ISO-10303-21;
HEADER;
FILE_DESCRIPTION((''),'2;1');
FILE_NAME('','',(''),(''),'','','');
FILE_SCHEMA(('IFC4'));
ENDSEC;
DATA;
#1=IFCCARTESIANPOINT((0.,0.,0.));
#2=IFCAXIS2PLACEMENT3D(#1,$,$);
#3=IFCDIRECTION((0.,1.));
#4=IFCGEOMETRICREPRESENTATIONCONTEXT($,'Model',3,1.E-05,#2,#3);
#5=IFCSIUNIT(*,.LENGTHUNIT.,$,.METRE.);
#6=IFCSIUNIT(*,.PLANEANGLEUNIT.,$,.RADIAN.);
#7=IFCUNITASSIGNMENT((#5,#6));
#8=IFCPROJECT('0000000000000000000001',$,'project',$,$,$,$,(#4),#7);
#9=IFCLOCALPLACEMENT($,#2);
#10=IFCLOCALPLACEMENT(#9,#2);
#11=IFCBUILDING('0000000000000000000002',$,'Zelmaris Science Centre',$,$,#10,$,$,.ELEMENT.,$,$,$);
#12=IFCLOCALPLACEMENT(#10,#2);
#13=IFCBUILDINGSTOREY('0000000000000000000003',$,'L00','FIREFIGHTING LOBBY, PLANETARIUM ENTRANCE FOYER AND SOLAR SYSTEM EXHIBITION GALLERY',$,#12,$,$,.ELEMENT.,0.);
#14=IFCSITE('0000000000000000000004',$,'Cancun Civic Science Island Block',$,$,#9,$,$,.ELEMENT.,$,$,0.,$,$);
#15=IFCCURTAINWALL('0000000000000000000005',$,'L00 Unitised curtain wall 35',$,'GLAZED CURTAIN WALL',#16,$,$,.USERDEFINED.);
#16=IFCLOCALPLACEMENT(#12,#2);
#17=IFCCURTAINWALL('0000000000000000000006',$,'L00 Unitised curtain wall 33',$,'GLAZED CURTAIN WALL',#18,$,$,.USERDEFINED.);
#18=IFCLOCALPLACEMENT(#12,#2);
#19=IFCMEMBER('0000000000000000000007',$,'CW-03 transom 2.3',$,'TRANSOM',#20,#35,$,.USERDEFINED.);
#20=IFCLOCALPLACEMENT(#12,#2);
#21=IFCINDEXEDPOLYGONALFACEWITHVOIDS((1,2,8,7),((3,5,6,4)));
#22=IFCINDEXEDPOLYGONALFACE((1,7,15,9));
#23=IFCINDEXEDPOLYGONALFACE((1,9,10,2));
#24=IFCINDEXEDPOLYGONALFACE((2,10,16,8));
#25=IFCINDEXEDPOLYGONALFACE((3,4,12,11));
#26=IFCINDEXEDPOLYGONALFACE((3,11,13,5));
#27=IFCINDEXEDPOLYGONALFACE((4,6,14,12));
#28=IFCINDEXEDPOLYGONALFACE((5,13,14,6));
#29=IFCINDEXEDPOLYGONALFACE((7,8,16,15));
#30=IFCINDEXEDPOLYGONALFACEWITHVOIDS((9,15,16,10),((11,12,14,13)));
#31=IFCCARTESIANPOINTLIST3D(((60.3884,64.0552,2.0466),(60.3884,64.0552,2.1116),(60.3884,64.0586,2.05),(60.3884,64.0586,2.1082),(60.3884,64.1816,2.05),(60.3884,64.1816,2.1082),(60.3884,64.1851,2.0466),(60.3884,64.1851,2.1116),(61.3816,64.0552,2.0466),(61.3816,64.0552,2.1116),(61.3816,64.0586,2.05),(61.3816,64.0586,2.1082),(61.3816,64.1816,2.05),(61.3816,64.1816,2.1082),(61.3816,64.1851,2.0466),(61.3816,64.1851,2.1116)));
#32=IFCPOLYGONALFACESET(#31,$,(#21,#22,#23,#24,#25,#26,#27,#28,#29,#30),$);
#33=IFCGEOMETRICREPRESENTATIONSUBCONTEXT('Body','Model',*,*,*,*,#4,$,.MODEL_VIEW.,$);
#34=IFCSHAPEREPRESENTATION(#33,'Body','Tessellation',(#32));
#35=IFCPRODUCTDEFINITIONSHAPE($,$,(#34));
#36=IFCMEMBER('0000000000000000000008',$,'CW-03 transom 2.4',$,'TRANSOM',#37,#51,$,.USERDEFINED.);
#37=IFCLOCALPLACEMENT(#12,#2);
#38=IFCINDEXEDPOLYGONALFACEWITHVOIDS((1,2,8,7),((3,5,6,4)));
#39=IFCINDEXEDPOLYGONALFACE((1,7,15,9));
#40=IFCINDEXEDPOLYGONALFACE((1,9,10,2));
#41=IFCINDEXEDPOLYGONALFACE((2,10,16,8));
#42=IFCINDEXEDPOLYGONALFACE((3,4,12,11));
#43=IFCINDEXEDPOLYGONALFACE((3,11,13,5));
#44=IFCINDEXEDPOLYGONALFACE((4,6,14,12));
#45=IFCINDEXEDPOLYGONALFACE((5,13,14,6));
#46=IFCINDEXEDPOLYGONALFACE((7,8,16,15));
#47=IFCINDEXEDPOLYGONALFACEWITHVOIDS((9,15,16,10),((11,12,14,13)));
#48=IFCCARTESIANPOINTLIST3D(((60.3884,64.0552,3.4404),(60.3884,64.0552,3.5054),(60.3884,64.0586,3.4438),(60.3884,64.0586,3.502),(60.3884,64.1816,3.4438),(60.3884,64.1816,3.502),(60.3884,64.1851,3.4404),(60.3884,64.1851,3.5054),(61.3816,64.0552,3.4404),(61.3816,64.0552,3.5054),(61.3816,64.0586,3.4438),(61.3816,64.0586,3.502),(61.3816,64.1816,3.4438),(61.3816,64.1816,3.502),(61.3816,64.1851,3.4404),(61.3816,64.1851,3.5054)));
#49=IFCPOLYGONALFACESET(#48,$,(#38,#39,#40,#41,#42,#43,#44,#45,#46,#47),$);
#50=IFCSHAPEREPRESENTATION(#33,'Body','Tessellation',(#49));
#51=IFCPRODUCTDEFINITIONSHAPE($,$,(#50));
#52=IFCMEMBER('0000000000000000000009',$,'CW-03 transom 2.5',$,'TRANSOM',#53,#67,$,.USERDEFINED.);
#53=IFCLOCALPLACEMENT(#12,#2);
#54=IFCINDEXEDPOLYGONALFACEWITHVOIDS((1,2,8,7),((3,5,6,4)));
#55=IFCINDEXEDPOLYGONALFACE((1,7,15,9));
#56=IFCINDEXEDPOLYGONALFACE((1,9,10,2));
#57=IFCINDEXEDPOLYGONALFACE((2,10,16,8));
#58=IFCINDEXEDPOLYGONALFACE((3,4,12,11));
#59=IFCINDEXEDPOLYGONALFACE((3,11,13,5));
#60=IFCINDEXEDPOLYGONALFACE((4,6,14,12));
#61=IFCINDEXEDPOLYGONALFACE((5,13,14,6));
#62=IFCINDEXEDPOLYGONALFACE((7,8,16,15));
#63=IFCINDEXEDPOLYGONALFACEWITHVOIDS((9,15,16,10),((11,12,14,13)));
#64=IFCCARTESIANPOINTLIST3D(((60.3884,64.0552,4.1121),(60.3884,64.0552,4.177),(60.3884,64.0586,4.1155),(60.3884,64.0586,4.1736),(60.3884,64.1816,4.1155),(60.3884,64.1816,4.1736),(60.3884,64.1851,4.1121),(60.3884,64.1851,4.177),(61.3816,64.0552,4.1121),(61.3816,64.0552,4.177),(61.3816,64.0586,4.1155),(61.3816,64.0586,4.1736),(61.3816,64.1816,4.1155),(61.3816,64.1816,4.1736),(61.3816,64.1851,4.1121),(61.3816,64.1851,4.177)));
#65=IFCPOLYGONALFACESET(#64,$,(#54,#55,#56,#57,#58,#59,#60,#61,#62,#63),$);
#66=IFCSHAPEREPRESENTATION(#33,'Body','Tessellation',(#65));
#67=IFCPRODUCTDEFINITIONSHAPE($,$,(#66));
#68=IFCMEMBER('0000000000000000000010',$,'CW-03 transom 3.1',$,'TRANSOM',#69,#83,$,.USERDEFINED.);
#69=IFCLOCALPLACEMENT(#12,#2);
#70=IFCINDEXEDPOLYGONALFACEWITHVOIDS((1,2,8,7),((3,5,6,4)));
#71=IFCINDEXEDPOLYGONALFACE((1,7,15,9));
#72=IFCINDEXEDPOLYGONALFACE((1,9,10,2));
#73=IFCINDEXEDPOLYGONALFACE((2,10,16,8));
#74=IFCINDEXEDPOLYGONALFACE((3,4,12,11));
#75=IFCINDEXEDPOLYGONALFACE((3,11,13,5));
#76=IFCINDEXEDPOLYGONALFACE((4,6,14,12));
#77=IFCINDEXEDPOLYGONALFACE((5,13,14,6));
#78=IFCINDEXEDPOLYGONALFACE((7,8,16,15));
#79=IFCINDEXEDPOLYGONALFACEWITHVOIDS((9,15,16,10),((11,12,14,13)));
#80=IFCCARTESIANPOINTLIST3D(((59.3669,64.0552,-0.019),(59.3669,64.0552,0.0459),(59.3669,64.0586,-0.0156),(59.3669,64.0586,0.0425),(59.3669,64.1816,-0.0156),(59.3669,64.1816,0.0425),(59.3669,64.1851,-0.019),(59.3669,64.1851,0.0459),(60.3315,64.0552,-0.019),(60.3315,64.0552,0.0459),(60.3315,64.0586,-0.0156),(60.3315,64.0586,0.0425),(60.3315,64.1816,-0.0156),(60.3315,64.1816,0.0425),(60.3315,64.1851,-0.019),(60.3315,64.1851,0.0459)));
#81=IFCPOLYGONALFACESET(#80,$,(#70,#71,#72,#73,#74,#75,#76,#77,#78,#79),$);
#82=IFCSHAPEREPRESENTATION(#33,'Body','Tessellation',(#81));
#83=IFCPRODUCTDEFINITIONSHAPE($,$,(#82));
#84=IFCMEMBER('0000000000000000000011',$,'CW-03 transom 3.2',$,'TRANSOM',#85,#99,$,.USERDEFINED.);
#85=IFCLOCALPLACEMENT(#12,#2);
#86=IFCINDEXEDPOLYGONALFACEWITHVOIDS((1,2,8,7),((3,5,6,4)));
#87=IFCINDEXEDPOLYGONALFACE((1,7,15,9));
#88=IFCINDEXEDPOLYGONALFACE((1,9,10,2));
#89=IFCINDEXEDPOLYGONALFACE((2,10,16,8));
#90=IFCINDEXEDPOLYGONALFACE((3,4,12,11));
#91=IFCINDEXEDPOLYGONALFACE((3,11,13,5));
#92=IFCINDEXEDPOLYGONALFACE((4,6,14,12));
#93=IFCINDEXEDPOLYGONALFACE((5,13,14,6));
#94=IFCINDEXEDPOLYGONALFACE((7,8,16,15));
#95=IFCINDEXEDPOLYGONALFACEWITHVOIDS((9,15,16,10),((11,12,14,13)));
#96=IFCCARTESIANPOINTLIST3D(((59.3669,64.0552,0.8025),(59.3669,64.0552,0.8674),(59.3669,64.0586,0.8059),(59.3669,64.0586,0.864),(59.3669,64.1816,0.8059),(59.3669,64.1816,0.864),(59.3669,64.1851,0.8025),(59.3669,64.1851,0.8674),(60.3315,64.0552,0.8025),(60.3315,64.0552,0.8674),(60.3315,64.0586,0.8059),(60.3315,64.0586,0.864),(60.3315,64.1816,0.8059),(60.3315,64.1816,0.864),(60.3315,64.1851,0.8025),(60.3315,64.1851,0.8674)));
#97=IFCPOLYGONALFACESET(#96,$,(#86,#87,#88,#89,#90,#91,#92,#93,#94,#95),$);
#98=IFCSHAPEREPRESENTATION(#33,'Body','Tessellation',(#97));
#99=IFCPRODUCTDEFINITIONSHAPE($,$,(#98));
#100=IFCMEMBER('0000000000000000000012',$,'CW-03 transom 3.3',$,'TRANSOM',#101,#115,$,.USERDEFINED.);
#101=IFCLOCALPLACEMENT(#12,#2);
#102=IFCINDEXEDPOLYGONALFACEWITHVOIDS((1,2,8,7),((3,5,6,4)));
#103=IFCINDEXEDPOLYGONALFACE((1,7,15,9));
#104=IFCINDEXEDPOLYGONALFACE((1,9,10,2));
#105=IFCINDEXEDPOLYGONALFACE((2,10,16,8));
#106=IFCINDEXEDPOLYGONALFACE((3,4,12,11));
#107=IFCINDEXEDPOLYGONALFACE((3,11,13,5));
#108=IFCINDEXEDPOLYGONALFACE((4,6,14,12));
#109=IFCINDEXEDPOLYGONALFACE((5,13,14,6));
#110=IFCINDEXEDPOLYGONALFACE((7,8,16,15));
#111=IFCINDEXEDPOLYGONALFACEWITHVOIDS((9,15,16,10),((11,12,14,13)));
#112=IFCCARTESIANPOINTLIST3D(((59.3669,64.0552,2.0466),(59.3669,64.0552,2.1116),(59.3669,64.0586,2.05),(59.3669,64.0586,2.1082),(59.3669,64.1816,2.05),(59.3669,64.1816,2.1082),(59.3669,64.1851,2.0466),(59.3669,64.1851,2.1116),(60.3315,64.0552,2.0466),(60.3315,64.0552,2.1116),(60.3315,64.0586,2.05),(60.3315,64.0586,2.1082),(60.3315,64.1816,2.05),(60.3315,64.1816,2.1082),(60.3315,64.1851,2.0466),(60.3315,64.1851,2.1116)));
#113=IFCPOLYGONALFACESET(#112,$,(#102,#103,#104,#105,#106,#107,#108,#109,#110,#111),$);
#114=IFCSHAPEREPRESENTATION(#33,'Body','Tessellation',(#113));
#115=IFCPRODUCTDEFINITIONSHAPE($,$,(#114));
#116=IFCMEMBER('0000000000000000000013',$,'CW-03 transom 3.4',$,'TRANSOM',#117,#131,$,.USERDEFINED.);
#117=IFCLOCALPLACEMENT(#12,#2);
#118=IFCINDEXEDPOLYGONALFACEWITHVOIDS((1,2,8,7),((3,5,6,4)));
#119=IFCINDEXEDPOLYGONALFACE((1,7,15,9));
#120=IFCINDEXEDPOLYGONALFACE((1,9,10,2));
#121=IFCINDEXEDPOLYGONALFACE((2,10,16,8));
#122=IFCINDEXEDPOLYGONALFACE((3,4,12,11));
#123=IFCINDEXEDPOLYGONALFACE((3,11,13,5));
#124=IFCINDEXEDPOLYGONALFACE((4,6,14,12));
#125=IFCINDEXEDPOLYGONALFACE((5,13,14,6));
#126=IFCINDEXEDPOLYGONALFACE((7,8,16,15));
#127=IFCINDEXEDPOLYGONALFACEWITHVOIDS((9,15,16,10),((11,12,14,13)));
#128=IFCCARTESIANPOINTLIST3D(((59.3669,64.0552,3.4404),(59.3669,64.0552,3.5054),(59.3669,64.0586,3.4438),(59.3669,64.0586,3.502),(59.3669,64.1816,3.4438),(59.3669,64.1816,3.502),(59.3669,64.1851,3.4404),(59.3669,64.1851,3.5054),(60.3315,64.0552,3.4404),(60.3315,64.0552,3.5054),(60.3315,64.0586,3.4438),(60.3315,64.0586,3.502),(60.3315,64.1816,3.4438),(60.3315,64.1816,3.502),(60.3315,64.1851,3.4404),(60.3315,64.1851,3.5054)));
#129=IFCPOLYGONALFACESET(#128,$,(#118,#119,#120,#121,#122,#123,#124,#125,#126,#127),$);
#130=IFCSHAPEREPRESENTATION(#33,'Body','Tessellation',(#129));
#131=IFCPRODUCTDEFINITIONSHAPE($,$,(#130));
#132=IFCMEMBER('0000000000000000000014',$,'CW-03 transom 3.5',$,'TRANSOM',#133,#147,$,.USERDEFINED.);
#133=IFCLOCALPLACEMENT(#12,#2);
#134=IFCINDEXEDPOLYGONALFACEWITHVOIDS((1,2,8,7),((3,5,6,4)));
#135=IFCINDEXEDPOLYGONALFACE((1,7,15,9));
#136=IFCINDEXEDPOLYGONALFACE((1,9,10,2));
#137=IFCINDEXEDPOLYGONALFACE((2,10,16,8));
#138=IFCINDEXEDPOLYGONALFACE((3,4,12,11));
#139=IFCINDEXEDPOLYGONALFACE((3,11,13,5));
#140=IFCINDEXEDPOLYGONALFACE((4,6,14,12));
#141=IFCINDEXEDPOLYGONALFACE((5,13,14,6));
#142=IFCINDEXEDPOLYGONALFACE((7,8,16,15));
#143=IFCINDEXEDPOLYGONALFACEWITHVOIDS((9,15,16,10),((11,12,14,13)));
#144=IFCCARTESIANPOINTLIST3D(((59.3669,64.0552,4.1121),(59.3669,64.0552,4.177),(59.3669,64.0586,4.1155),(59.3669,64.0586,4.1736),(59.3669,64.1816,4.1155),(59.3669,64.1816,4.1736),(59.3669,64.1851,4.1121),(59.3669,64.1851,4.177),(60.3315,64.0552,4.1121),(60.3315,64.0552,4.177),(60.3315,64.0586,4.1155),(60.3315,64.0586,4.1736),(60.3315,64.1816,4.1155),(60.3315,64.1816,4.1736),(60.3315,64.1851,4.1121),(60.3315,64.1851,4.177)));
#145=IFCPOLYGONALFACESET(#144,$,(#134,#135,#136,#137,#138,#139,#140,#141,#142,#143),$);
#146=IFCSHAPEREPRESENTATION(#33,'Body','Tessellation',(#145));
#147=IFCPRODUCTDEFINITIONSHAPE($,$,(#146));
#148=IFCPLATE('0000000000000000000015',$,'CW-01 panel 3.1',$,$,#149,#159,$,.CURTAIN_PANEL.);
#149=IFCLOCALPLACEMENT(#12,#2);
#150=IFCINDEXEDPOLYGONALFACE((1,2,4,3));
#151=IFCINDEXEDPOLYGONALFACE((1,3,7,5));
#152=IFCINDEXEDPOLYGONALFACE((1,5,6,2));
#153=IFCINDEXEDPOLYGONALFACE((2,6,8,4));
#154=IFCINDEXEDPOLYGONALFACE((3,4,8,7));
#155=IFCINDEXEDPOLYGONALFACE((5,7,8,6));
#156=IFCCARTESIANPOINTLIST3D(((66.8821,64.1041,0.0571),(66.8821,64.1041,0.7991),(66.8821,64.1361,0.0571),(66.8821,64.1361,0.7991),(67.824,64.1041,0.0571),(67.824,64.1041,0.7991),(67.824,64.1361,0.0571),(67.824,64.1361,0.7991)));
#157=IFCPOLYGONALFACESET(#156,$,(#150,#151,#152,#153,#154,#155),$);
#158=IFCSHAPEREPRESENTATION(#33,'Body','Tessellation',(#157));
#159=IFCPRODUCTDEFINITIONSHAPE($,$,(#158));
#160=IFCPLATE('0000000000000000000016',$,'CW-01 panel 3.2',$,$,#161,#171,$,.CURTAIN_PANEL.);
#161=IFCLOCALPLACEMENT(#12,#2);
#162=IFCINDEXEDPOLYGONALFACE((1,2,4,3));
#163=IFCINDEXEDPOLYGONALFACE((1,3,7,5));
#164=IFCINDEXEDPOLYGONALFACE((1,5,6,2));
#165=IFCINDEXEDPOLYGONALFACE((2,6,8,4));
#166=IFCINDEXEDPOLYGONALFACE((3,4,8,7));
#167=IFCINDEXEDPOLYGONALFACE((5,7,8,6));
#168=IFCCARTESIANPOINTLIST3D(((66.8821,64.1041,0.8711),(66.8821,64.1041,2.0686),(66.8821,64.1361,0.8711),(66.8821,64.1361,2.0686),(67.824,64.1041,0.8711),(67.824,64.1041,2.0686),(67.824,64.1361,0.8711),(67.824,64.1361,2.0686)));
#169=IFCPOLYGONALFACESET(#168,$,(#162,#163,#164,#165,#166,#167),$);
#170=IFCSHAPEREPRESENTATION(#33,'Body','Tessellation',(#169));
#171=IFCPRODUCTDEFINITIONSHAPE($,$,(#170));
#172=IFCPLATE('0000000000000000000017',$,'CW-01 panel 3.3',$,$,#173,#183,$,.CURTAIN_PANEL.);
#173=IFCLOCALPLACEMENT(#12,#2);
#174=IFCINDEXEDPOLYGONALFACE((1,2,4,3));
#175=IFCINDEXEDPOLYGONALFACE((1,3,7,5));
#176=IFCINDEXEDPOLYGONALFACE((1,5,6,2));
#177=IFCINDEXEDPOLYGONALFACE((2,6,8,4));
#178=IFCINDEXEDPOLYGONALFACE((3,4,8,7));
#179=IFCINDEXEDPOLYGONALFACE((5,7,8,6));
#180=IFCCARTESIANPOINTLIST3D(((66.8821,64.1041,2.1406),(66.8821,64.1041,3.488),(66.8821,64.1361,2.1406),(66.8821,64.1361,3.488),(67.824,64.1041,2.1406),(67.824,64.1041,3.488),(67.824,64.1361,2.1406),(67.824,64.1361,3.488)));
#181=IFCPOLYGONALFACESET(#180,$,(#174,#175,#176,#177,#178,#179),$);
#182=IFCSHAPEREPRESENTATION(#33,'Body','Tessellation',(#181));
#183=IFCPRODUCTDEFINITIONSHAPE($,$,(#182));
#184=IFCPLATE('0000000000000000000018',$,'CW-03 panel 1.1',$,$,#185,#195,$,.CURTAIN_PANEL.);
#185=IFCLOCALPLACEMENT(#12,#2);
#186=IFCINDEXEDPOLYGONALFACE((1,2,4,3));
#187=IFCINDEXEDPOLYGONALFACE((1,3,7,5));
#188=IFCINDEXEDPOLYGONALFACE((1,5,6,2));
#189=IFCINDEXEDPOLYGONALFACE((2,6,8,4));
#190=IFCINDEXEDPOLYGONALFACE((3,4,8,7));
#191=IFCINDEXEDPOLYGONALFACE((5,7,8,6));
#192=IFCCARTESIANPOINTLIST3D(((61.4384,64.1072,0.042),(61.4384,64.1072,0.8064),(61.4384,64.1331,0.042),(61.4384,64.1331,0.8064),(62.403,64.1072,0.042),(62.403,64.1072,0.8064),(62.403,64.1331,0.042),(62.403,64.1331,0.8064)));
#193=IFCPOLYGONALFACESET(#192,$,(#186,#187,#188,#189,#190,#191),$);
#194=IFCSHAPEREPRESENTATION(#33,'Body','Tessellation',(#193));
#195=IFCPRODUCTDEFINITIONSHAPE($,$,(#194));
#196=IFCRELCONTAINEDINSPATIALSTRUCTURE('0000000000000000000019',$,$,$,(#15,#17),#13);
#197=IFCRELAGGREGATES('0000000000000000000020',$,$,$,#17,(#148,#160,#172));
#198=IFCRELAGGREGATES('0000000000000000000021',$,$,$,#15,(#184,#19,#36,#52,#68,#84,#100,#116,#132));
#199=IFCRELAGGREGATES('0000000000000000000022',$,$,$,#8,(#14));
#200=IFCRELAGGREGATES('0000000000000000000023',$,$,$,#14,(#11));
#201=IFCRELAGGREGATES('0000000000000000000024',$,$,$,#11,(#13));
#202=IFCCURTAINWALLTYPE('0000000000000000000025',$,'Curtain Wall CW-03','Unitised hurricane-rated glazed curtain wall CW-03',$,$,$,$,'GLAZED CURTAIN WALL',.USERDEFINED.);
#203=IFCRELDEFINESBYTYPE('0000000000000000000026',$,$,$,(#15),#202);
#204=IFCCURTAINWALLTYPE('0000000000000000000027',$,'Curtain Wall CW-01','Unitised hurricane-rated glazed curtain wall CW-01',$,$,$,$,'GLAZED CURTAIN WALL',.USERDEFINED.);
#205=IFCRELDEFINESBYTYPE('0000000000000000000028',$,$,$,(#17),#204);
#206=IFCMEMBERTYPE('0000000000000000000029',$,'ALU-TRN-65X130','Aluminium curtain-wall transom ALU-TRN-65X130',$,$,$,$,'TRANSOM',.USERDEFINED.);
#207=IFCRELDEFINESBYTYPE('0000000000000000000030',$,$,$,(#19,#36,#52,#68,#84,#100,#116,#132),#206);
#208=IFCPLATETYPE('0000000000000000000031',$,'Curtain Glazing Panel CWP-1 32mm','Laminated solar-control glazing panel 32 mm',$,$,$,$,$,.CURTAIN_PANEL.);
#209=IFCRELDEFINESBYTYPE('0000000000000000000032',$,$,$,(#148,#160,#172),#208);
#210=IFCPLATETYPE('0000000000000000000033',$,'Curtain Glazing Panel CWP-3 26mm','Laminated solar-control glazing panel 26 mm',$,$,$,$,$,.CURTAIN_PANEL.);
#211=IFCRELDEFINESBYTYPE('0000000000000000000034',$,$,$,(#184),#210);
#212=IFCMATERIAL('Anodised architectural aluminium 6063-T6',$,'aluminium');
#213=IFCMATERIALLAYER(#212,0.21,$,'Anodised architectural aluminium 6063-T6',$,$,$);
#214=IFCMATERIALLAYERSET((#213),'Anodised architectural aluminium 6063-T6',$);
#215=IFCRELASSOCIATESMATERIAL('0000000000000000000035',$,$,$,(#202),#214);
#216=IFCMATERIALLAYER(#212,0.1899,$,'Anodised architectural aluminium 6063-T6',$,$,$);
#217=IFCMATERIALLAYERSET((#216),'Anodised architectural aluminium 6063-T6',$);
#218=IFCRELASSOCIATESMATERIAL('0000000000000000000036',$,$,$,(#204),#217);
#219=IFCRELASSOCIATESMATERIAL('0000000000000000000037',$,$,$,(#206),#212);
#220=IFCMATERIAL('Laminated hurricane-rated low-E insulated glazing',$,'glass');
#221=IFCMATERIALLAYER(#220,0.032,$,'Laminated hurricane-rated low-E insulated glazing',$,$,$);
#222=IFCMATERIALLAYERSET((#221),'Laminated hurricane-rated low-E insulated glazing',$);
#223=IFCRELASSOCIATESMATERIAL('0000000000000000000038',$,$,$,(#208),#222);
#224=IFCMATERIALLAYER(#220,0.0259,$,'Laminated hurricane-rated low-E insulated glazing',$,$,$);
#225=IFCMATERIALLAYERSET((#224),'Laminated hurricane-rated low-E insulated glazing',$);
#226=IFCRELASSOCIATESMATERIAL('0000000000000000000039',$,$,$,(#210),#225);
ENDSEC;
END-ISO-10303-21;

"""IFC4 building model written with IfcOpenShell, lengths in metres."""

from ifc_helpers import new_model, si_unit, direction, frame, origin, origin_2d, place, context, subcontext, project, spatial, rectangle, hollow_rectangle, extrude, material, layer, layer_set, material_profile, profile_set, type_object, element, aggregate, save


model = new_model("IFC4")

# Units and contexts
model_context = context("Model", 3, precision=1e-05, world=origin(), true_north=direction((0.0, 1.0)))
body_context = subcontext(model_context, "Body", "Model", "MODEL_VIEW")
ifc_project = project(units=[si_unit("LENGTHUNIT", "METRE"), si_unit("PLANEANGLEUNIT", "RADIAN")], contexts=[model_context])

# Site, building, storey
site_placement = place(None, origin())
site = spatial("IfcSite", under=ifc_project, at=site_placement, Name="Cancun Civic Science Island Block", CompositionType="ELEMENT", RefElevation=0.0)
building_placement = place(site_placement, origin())
building = spatial("IfcBuilding", under=site, at=building_placement, Name="Zelmaris Science Centre", CompositionType="ELEMENT")
storey_placement = place(building_placement, origin())
storey = spatial("IfcBuildingStorey", under=building, at=storey_placement, Name="L00", Description="FIREFIGHTING LOBBY, PLANETARIUM ENTRANCE FOYER AND SOLAR SYSTEM EXHIBITION GALLERY", CompositionType="ELEMENT", Elevation=0.0)

# Curtain wall
ifc_material_1 = material(Name="Anodised architectural aluminium 6063-T6", Category="aluminium")
ifc_layer_1 = layer(ifc_material_1, 0.21, Name="Anodised architectural aluminium 6063-T6")
ifc_layer_set_1 = layer_set([ifc_layer_1], Name="Anodised architectural aluminium 6063-T6")
curtain_wall_type_1 = type_object("IfcCurtainWallType", Name="Curtain Wall CW-03", Description="Unitised hurricane-rated glazed curtain wall CW-03", ElementType="GLAZED CURTAIN WALL", PredefinedType="USERDEFINED", material=ifc_layer_set_1)
curtain_wall_1_placement = place(storey_placement, origin())
curtain_wall_1 = element("IfcCurtainWall", 1, at=curtain_wall_1_placement, inside=storey, type_object=curtain_wall_type_1, Name="L00 Unitised curtain wall 35", ObjectType="GLAZED CURTAIN WALL", PredefinedType="USERDEFINED")

# Curtain wall
ifc_layer_2 = layer(ifc_material_1, 0.1899, Name="Anodised architectural aluminium 6063-T6")
ifc_layer_set_2 = layer_set([ifc_layer_2], Name="Anodised architectural aluminium 6063-T6")
curtain_wall_type_2 = type_object("IfcCurtainWallType", Name="Curtain Wall CW-01", Description="Unitised hurricane-rated glazed curtain wall CW-01", ElementType="GLAZED CURTAIN WALL", PredefinedType="USERDEFINED", material=ifc_layer_set_2)
curtain_wall_2_placement = place(storey_placement, origin())
curtain_wall_2 = element("IfcCurtainWall", 2, at=curtain_wall_2_placement, inside=storey, type_object=curtain_wall_type_2, Name="L00 Unitised curtain wall 33", ObjectType="GLAZED CURTAIN WALL", PredefinedType="USERDEFINED")

# Members
ifc_material_profile_1 = material_profile(ifc_material_1, hollow_rectangle(XDim=0.0649, YDim=0.1299, WallThickness=0.0034, at=origin_2d()), Name="ALU-TRN-65X130")
ifc_profile_set_1 = profile_set([ifc_material_profile_1], Name="Anodised architectural aluminium 6063-T6")
member_type_1 = type_object("IfcMemberType", Name="ALU-TRN-65X130", Description="Aluminium curtain-wall transom ALU-TRN-65X130", ElementType="TRANSOM", PredefinedType="USERDEFINED", material=ifc_profile_set_1)
member_1_placement = place(storey_placement, frame((61.3816, 64.1201, 2.0791), z_axis=(-1.0, 0.0, 0.0), x_axis=(0.0, 0.0, 1.0)))
member_1 = element("IfcMember", 3, at=member_1_placement, type_object=member_type_1, Name="CW-03 transom 2.3", ObjectType="TRANSOM", PredefinedType="USERDEFINED", context=body_context, shape_type="SweptSolid", body=[
    extrude(hollow_rectangle(XDim=0.0649, YDim=0.1299, WallThickness=0.0034, at=origin_2d()), origin(), (0.0, 0.0, 1.0), 0.9932),
])
member_2_placement = place(storey_placement, frame((61.3816, 64.1201, 3.4729), z_axis=(-1.0, 0.0, 0.0), x_axis=(0.0, 0.0, 1.0)))
member_2 = element("IfcMember", 4, at=member_2_placement, type_object=member_type_1, Name="CW-03 transom 2.4", ObjectType="TRANSOM", PredefinedType="USERDEFINED", context=body_context, shape_type="SweptSolid", body=[
    extrude(hollow_rectangle(XDim=0.0649, YDim=0.1299, WallThickness=0.0034, at=origin_2d()), origin(), (0.0, 0.0, 1.0), 0.9932),
])
member_3_placement = place(storey_placement, frame((61.3816, 64.1201, 4.1445), z_axis=(-1.0, 0.0, 0.0), x_axis=(0.0, 0.0, 1.0)))
member_3 = element("IfcMember", 5, at=member_3_placement, type_object=member_type_1, Name="CW-03 transom 2.5", ObjectType="TRANSOM", PredefinedType="USERDEFINED", context=body_context, shape_type="SweptSolid", body=[
    extrude(hollow_rectangle(XDim=0.0649, YDim=0.1299, WallThickness=0.0034, at=origin_2d()), origin(), (0.0, 0.0, 1.0), 0.9932),
])
member_4_placement = place(storey_placement, frame((60.3315, 64.1201, 0.0134), z_axis=(-1.0, 0.0, 0.0), x_axis=(0.0, 0.0, 1.0)))
member_4 = element("IfcMember", 6, at=member_4_placement, type_object=member_type_1, Name="CW-03 transom 3.1", ObjectType="TRANSOM", PredefinedType="USERDEFINED", context=body_context, shape_type="SweptSolid", body=[
    extrude(hollow_rectangle(XDim=0.0649, YDim=0.1299, WallThickness=0.0034, at=origin_2d()), origin(), (0.0, 0.0, 1.0), 0.9646),
])
member_5_placement = place(storey_placement, frame((60.3315, 64.1201, 0.835), z_axis=(-1.0, 0.0, 0.0), x_axis=(0.0, 0.0, 1.0)))
member_5 = element("IfcMember", 7, at=member_5_placement, type_object=member_type_1, Name="CW-03 transom 3.2", ObjectType="TRANSOM", PredefinedType="USERDEFINED", context=body_context, shape_type="SweptSolid", body=[
    extrude(hollow_rectangle(XDim=0.0649, YDim=0.1299, WallThickness=0.0034, at=origin_2d()), origin(), (0.0, 0.0, 1.0), 0.9646),
])
member_6_placement = place(storey_placement, frame((60.3315, 64.1201, 2.0791), z_axis=(-1.0, 0.0, 0.0), x_axis=(0.0, 0.0, 1.0)))
member_6 = element("IfcMember", 8, at=member_6_placement, type_object=member_type_1, Name="CW-03 transom 3.3", ObjectType="TRANSOM", PredefinedType="USERDEFINED", context=body_context, shape_type="SweptSolid", body=[
    extrude(hollow_rectangle(XDim=0.0649, YDim=0.1299, WallThickness=0.0034, at=origin_2d()), origin(), (0.0, 0.0, 1.0), 0.9646),
])
member_7_placement = place(storey_placement, frame((60.3315, 64.1201, 3.4729), z_axis=(-1.0, 0.0, 0.0), x_axis=(0.0, 0.0, 1.0)))
member_7 = element("IfcMember", 9, at=member_7_placement, type_object=member_type_1, Name="CW-03 transom 3.4", ObjectType="TRANSOM", PredefinedType="USERDEFINED", context=body_context, shape_type="SweptSolid", body=[
    extrude(hollow_rectangle(XDim=0.0649, YDim=0.1299, WallThickness=0.0034, at=origin_2d()), origin(), (0.0, 0.0, 1.0), 0.9646),
])
member_8_placement = place(storey_placement, frame((60.3315, 64.1201, 4.1445), z_axis=(-1.0, 0.0, 0.0), x_axis=(0.0, 0.0, 1.0)))
member_8 = element("IfcMember", 10, at=member_8_placement, type_object=member_type_1, Name="CW-03 transom 3.5", ObjectType="TRANSOM", PredefinedType="USERDEFINED", context=body_context, shape_type="SweptSolid", body=[
    extrude(hollow_rectangle(XDim=0.0649, YDim=0.1299, WallThickness=0.0034, at=origin_2d()), origin(), (0.0, 0.0, 1.0), 0.9646),
])

# Plates
ifc_material_2 = material(Name="Laminated hurricane-rated low-E insulated glazing", Category="glass")
ifc_layer_3 = layer(ifc_material_2, 0.032, Name="Laminated hurricane-rated low-E insulated glazing")
ifc_layer_set_3 = layer_set([ifc_layer_3], Name="Laminated hurricane-rated low-E insulated glazing")
plate_type_1 = type_object("IfcPlateType", Name="Curtain Glazing Panel CWP-1 32mm", Description="Laminated solar-control glazing panel 32 mm", PredefinedType="CURTAIN_PANEL", material=ifc_layer_set_3)
plate_1_placement = place(storey_placement, frame((67.353, 64.1201, 0.0571), z_axis=(0.0, 0.0, 1.0), x_axis=(-1.0, 0.0, 0.0)))
plate_1 = element("IfcPlate", 11, at=plate_1_placement, type_object=plate_type_1, Name="CW-01 panel 3.1", PredefinedType="CURTAIN_PANEL", context=body_context, shape_type="SweptSolid", body=[
    extrude(rectangle(XDim=0.9419, YDim=0.032, at=origin_2d()), origin(), (0.0, 0.0, 1.0), 0.7419),
])
plate_2_placement = place(storey_placement, frame((67.353, 64.1201, 0.8711), z_axis=(0.0, 0.0, 1.0), x_axis=(-1.0, 0.0, 0.0)))
plate_2 = element("IfcPlate", 12, at=plate_2_placement, type_object=plate_type_1, Name="CW-01 panel 3.2", PredefinedType="CURTAIN_PANEL", context=body_context, shape_type="SweptSolid", body=[
    extrude(rectangle(XDim=0.9419, YDim=0.032, at=origin_2d()), origin(), (0.0, 0.0, 1.0), 1.1975),
])
plate_3_placement = place(storey_placement, frame((67.353, 64.1201, 2.1406), z_axis=(0.0, 0.0, 1.0), x_axis=(-1.0, 0.0, 0.0)))
plate_3 = element("IfcPlate", 13, at=plate_3_placement, type_object=plate_type_1, Name="CW-01 panel 3.3", PredefinedType="CURTAIN_PANEL", context=body_context, shape_type="SweptSolid", body=[
    extrude(rectangle(XDim=0.9419, YDim=0.032, at=origin_2d()), origin(), (0.0, 0.0, 1.0), 1.3474),
])
aggregate(curtain_wall_2, [plate_1, plate_2, plate_3])
ifc_layer_4 = layer(ifc_material_2, 0.0259, Name="Laminated hurricane-rated low-E insulated glazing")
ifc_layer_set_4 = layer_set([ifc_layer_4], Name="Laminated hurricane-rated low-E insulated glazing")
plate_type_2 = type_object("IfcPlateType", Name="Curtain Glazing Panel CWP-3 26mm", Description="Laminated solar-control glazing panel 26 mm", PredefinedType="CURTAIN_PANEL", material=ifc_layer_set_4)
plate_4_placement = place(storey_placement, frame((61.9207, 64.1201, 0.042), z_axis=(0.0, 0.0, 1.0), x_axis=(-1.0, 0.0, 0.0)))
plate_4 = element("IfcPlate", 14, at=plate_4_placement, type_object=plate_type_2, Name="CW-03 panel 1.1", PredefinedType="CURTAIN_PANEL", context=body_context, shape_type="SweptSolid", body=[
    extrude(rectangle(XDim=0.9646, YDim=0.0259, at=origin_2d()), origin(), (0.0, 0.0, 1.0), 0.7644),
])
aggregate(curtain_wall_1, [plate_4, member_1, member_2, member_3, member_4, member_5, member_6, member_7, member_8])

save(model, "model.ifc")
